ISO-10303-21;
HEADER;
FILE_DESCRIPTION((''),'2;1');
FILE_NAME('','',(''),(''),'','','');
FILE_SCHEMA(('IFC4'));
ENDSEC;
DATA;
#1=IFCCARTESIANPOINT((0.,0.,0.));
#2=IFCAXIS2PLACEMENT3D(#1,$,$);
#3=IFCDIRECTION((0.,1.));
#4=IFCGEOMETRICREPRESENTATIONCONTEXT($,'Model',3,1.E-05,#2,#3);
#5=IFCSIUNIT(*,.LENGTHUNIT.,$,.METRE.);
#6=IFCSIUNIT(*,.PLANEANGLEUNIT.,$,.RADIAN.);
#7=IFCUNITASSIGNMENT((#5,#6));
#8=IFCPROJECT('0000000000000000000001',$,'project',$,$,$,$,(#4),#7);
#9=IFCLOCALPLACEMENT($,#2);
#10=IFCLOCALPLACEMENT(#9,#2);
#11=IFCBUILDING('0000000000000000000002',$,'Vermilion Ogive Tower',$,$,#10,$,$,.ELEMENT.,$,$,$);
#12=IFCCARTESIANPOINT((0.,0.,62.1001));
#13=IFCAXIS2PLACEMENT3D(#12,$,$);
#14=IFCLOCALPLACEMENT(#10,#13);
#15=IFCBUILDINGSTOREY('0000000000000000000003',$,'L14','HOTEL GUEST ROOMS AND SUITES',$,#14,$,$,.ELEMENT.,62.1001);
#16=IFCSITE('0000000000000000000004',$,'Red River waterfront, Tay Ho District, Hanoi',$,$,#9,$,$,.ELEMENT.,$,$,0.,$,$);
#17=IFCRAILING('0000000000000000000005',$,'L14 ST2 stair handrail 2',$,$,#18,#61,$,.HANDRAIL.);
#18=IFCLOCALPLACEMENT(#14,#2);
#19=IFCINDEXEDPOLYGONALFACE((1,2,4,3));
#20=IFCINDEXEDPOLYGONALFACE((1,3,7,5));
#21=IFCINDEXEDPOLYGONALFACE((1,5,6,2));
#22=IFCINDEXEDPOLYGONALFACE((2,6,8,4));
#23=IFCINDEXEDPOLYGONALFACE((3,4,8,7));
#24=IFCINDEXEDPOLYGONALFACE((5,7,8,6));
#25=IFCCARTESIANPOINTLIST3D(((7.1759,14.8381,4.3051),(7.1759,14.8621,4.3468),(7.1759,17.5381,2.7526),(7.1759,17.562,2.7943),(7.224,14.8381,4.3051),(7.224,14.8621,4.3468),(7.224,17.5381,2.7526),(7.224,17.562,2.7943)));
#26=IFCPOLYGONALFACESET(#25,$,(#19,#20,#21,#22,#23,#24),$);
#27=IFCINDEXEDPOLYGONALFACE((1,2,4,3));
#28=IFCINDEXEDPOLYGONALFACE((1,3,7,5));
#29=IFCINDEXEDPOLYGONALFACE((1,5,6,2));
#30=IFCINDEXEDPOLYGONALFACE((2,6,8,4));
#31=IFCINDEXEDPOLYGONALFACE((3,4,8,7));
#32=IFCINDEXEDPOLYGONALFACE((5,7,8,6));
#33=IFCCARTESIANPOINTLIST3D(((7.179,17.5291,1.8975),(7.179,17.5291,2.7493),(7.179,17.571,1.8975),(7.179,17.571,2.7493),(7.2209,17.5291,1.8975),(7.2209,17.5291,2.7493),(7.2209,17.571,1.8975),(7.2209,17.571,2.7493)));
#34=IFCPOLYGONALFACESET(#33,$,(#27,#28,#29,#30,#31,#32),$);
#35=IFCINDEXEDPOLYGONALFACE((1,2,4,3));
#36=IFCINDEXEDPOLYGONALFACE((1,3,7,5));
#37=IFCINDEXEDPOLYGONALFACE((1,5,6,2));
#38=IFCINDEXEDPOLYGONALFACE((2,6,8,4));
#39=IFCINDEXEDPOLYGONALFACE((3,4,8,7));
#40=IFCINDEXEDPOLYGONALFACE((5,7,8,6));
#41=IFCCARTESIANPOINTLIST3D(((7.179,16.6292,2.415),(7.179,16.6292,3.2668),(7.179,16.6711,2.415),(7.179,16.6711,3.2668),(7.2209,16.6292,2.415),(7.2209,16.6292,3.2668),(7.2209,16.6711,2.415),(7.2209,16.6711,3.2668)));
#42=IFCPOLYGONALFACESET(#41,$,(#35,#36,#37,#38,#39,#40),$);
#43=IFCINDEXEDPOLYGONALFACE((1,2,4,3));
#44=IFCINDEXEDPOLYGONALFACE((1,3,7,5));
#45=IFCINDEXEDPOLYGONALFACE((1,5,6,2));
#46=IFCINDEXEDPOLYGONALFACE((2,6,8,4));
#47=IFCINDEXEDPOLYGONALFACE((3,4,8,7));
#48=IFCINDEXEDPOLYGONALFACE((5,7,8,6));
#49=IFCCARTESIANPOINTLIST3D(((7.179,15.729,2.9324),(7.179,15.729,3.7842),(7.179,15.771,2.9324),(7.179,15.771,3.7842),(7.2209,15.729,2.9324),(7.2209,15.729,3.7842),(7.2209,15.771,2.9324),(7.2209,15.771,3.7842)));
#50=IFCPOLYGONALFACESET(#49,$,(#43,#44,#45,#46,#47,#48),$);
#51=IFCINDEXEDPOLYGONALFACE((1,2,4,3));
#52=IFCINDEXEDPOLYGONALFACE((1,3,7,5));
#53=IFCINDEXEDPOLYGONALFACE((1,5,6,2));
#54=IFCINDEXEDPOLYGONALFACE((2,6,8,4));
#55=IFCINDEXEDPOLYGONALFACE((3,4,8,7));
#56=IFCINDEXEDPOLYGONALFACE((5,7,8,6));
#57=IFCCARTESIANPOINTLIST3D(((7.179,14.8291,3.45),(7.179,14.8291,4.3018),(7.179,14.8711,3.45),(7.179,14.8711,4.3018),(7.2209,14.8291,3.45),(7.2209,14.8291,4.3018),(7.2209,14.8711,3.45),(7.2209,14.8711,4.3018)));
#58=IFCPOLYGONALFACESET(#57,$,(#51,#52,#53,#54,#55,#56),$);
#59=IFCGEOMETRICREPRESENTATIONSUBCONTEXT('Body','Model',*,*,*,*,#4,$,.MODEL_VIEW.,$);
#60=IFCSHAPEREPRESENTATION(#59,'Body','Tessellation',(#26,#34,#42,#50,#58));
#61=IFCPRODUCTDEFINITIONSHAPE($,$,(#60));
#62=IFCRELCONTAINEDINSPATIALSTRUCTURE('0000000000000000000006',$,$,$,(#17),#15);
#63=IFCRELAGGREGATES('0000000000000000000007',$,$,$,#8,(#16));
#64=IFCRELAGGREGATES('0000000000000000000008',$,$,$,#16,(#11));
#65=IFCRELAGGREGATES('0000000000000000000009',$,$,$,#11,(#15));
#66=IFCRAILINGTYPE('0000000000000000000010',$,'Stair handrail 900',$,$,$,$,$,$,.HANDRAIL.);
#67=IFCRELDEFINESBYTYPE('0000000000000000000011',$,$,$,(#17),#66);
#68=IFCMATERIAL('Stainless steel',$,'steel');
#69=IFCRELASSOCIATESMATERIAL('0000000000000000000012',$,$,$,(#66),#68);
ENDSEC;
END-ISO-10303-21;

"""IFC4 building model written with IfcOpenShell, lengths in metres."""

from ifc_helpers import new_model, si_unit, direction, frame, origin, origin_2d, place, context, subcontext, project, spatial, rectangle, extrude, material, type_object, element, save


model = new_model("IFC4")

# Units and contexts
model_context = context("Model", 3, precision=1e-05, world=origin(), true_north=direction((0.0, 1.0)))
body_context = subcontext(model_context, "Body", "Model", "MODEL_VIEW")
ifc_project = project(units=[si_unit("LENGTHUNIT", "METRE"), si_unit("PLANEANGLEUNIT", "RADIAN")], contexts=[model_context])

# Site, building, storey
site_placement = place(None, origin())
site = spatial("IfcSite", under=ifc_project, at=site_placement, Name="Red River waterfront, Tay Ho District, Hanoi", CompositionType="ELEMENT", RefElevation=0.0)
building_placement = place(site_placement, origin())
building = spatial("IfcBuilding", under=site, at=building_placement, Name="Vermilion Ogive Tower", CompositionType="ELEMENT")
storey_placement = place(building_placement, frame((0.0, 0.0, 62.1001)))
storey = spatial("IfcBuildingStorey", under=building, at=storey_placement, Name="L14", Description="HOTEL GUEST ROOMS AND SUITES", CompositionType="ELEMENT", Elevation=62.1001)

# Railing
ifc_material_1 = material(Name="Stainless steel", Category="steel")
railing_type_1 = type_object("IfcRailingType", Name="Stair handrail 900", PredefinedType="HANDRAIL", material=ifc_material_1)
railing_1_placement = place(storey_placement, frame((7.2, 17.55, 1.8975)))
element("IfcRailing", 1, at=railing_1_placement, inside=storey, type_object=railing_type_1, Name="L14 ST2 stair handrail 2", PredefinedType="HANDRAIL", context=body_context, shape_type="SweptSolid", body=[
    extrude(rectangle(XDim=0.0481, YDim=0.0481, at=origin_2d()), frame((0.0, 0.0, 0.876), z_axis=(0.0, -0.866904, 0.498476), x_axis=(1.0, 0.0, 0.0)), (0.0, 0.0, 1.0), 3.1145),
    extrude(rectangle(XDim=0.042, YDim=0.042, at=origin_2d()), origin(), (0.0, 0.0, 1.0), 0.8518),
    extrude(rectangle(XDim=0.042, YDim=0.042, at=origin_2d()), frame((0.0, -0.8999, 0.5176)), (0.0, 0.0, 1.0), 0.8518),
    extrude(rectangle(XDim=0.042, YDim=0.042, at=origin_2d()), frame((0.0, -1.8, 1.0349)), (0.0, 0.0, 1.0), 0.8518),
    extrude(rectangle(XDim=0.042, YDim=0.042, at=origin_2d()), frame((0.0, -2.7, 1.5525)), (0.0, 0.0, 1.0), 0.8518),
])

save(model, "model.ifc")
